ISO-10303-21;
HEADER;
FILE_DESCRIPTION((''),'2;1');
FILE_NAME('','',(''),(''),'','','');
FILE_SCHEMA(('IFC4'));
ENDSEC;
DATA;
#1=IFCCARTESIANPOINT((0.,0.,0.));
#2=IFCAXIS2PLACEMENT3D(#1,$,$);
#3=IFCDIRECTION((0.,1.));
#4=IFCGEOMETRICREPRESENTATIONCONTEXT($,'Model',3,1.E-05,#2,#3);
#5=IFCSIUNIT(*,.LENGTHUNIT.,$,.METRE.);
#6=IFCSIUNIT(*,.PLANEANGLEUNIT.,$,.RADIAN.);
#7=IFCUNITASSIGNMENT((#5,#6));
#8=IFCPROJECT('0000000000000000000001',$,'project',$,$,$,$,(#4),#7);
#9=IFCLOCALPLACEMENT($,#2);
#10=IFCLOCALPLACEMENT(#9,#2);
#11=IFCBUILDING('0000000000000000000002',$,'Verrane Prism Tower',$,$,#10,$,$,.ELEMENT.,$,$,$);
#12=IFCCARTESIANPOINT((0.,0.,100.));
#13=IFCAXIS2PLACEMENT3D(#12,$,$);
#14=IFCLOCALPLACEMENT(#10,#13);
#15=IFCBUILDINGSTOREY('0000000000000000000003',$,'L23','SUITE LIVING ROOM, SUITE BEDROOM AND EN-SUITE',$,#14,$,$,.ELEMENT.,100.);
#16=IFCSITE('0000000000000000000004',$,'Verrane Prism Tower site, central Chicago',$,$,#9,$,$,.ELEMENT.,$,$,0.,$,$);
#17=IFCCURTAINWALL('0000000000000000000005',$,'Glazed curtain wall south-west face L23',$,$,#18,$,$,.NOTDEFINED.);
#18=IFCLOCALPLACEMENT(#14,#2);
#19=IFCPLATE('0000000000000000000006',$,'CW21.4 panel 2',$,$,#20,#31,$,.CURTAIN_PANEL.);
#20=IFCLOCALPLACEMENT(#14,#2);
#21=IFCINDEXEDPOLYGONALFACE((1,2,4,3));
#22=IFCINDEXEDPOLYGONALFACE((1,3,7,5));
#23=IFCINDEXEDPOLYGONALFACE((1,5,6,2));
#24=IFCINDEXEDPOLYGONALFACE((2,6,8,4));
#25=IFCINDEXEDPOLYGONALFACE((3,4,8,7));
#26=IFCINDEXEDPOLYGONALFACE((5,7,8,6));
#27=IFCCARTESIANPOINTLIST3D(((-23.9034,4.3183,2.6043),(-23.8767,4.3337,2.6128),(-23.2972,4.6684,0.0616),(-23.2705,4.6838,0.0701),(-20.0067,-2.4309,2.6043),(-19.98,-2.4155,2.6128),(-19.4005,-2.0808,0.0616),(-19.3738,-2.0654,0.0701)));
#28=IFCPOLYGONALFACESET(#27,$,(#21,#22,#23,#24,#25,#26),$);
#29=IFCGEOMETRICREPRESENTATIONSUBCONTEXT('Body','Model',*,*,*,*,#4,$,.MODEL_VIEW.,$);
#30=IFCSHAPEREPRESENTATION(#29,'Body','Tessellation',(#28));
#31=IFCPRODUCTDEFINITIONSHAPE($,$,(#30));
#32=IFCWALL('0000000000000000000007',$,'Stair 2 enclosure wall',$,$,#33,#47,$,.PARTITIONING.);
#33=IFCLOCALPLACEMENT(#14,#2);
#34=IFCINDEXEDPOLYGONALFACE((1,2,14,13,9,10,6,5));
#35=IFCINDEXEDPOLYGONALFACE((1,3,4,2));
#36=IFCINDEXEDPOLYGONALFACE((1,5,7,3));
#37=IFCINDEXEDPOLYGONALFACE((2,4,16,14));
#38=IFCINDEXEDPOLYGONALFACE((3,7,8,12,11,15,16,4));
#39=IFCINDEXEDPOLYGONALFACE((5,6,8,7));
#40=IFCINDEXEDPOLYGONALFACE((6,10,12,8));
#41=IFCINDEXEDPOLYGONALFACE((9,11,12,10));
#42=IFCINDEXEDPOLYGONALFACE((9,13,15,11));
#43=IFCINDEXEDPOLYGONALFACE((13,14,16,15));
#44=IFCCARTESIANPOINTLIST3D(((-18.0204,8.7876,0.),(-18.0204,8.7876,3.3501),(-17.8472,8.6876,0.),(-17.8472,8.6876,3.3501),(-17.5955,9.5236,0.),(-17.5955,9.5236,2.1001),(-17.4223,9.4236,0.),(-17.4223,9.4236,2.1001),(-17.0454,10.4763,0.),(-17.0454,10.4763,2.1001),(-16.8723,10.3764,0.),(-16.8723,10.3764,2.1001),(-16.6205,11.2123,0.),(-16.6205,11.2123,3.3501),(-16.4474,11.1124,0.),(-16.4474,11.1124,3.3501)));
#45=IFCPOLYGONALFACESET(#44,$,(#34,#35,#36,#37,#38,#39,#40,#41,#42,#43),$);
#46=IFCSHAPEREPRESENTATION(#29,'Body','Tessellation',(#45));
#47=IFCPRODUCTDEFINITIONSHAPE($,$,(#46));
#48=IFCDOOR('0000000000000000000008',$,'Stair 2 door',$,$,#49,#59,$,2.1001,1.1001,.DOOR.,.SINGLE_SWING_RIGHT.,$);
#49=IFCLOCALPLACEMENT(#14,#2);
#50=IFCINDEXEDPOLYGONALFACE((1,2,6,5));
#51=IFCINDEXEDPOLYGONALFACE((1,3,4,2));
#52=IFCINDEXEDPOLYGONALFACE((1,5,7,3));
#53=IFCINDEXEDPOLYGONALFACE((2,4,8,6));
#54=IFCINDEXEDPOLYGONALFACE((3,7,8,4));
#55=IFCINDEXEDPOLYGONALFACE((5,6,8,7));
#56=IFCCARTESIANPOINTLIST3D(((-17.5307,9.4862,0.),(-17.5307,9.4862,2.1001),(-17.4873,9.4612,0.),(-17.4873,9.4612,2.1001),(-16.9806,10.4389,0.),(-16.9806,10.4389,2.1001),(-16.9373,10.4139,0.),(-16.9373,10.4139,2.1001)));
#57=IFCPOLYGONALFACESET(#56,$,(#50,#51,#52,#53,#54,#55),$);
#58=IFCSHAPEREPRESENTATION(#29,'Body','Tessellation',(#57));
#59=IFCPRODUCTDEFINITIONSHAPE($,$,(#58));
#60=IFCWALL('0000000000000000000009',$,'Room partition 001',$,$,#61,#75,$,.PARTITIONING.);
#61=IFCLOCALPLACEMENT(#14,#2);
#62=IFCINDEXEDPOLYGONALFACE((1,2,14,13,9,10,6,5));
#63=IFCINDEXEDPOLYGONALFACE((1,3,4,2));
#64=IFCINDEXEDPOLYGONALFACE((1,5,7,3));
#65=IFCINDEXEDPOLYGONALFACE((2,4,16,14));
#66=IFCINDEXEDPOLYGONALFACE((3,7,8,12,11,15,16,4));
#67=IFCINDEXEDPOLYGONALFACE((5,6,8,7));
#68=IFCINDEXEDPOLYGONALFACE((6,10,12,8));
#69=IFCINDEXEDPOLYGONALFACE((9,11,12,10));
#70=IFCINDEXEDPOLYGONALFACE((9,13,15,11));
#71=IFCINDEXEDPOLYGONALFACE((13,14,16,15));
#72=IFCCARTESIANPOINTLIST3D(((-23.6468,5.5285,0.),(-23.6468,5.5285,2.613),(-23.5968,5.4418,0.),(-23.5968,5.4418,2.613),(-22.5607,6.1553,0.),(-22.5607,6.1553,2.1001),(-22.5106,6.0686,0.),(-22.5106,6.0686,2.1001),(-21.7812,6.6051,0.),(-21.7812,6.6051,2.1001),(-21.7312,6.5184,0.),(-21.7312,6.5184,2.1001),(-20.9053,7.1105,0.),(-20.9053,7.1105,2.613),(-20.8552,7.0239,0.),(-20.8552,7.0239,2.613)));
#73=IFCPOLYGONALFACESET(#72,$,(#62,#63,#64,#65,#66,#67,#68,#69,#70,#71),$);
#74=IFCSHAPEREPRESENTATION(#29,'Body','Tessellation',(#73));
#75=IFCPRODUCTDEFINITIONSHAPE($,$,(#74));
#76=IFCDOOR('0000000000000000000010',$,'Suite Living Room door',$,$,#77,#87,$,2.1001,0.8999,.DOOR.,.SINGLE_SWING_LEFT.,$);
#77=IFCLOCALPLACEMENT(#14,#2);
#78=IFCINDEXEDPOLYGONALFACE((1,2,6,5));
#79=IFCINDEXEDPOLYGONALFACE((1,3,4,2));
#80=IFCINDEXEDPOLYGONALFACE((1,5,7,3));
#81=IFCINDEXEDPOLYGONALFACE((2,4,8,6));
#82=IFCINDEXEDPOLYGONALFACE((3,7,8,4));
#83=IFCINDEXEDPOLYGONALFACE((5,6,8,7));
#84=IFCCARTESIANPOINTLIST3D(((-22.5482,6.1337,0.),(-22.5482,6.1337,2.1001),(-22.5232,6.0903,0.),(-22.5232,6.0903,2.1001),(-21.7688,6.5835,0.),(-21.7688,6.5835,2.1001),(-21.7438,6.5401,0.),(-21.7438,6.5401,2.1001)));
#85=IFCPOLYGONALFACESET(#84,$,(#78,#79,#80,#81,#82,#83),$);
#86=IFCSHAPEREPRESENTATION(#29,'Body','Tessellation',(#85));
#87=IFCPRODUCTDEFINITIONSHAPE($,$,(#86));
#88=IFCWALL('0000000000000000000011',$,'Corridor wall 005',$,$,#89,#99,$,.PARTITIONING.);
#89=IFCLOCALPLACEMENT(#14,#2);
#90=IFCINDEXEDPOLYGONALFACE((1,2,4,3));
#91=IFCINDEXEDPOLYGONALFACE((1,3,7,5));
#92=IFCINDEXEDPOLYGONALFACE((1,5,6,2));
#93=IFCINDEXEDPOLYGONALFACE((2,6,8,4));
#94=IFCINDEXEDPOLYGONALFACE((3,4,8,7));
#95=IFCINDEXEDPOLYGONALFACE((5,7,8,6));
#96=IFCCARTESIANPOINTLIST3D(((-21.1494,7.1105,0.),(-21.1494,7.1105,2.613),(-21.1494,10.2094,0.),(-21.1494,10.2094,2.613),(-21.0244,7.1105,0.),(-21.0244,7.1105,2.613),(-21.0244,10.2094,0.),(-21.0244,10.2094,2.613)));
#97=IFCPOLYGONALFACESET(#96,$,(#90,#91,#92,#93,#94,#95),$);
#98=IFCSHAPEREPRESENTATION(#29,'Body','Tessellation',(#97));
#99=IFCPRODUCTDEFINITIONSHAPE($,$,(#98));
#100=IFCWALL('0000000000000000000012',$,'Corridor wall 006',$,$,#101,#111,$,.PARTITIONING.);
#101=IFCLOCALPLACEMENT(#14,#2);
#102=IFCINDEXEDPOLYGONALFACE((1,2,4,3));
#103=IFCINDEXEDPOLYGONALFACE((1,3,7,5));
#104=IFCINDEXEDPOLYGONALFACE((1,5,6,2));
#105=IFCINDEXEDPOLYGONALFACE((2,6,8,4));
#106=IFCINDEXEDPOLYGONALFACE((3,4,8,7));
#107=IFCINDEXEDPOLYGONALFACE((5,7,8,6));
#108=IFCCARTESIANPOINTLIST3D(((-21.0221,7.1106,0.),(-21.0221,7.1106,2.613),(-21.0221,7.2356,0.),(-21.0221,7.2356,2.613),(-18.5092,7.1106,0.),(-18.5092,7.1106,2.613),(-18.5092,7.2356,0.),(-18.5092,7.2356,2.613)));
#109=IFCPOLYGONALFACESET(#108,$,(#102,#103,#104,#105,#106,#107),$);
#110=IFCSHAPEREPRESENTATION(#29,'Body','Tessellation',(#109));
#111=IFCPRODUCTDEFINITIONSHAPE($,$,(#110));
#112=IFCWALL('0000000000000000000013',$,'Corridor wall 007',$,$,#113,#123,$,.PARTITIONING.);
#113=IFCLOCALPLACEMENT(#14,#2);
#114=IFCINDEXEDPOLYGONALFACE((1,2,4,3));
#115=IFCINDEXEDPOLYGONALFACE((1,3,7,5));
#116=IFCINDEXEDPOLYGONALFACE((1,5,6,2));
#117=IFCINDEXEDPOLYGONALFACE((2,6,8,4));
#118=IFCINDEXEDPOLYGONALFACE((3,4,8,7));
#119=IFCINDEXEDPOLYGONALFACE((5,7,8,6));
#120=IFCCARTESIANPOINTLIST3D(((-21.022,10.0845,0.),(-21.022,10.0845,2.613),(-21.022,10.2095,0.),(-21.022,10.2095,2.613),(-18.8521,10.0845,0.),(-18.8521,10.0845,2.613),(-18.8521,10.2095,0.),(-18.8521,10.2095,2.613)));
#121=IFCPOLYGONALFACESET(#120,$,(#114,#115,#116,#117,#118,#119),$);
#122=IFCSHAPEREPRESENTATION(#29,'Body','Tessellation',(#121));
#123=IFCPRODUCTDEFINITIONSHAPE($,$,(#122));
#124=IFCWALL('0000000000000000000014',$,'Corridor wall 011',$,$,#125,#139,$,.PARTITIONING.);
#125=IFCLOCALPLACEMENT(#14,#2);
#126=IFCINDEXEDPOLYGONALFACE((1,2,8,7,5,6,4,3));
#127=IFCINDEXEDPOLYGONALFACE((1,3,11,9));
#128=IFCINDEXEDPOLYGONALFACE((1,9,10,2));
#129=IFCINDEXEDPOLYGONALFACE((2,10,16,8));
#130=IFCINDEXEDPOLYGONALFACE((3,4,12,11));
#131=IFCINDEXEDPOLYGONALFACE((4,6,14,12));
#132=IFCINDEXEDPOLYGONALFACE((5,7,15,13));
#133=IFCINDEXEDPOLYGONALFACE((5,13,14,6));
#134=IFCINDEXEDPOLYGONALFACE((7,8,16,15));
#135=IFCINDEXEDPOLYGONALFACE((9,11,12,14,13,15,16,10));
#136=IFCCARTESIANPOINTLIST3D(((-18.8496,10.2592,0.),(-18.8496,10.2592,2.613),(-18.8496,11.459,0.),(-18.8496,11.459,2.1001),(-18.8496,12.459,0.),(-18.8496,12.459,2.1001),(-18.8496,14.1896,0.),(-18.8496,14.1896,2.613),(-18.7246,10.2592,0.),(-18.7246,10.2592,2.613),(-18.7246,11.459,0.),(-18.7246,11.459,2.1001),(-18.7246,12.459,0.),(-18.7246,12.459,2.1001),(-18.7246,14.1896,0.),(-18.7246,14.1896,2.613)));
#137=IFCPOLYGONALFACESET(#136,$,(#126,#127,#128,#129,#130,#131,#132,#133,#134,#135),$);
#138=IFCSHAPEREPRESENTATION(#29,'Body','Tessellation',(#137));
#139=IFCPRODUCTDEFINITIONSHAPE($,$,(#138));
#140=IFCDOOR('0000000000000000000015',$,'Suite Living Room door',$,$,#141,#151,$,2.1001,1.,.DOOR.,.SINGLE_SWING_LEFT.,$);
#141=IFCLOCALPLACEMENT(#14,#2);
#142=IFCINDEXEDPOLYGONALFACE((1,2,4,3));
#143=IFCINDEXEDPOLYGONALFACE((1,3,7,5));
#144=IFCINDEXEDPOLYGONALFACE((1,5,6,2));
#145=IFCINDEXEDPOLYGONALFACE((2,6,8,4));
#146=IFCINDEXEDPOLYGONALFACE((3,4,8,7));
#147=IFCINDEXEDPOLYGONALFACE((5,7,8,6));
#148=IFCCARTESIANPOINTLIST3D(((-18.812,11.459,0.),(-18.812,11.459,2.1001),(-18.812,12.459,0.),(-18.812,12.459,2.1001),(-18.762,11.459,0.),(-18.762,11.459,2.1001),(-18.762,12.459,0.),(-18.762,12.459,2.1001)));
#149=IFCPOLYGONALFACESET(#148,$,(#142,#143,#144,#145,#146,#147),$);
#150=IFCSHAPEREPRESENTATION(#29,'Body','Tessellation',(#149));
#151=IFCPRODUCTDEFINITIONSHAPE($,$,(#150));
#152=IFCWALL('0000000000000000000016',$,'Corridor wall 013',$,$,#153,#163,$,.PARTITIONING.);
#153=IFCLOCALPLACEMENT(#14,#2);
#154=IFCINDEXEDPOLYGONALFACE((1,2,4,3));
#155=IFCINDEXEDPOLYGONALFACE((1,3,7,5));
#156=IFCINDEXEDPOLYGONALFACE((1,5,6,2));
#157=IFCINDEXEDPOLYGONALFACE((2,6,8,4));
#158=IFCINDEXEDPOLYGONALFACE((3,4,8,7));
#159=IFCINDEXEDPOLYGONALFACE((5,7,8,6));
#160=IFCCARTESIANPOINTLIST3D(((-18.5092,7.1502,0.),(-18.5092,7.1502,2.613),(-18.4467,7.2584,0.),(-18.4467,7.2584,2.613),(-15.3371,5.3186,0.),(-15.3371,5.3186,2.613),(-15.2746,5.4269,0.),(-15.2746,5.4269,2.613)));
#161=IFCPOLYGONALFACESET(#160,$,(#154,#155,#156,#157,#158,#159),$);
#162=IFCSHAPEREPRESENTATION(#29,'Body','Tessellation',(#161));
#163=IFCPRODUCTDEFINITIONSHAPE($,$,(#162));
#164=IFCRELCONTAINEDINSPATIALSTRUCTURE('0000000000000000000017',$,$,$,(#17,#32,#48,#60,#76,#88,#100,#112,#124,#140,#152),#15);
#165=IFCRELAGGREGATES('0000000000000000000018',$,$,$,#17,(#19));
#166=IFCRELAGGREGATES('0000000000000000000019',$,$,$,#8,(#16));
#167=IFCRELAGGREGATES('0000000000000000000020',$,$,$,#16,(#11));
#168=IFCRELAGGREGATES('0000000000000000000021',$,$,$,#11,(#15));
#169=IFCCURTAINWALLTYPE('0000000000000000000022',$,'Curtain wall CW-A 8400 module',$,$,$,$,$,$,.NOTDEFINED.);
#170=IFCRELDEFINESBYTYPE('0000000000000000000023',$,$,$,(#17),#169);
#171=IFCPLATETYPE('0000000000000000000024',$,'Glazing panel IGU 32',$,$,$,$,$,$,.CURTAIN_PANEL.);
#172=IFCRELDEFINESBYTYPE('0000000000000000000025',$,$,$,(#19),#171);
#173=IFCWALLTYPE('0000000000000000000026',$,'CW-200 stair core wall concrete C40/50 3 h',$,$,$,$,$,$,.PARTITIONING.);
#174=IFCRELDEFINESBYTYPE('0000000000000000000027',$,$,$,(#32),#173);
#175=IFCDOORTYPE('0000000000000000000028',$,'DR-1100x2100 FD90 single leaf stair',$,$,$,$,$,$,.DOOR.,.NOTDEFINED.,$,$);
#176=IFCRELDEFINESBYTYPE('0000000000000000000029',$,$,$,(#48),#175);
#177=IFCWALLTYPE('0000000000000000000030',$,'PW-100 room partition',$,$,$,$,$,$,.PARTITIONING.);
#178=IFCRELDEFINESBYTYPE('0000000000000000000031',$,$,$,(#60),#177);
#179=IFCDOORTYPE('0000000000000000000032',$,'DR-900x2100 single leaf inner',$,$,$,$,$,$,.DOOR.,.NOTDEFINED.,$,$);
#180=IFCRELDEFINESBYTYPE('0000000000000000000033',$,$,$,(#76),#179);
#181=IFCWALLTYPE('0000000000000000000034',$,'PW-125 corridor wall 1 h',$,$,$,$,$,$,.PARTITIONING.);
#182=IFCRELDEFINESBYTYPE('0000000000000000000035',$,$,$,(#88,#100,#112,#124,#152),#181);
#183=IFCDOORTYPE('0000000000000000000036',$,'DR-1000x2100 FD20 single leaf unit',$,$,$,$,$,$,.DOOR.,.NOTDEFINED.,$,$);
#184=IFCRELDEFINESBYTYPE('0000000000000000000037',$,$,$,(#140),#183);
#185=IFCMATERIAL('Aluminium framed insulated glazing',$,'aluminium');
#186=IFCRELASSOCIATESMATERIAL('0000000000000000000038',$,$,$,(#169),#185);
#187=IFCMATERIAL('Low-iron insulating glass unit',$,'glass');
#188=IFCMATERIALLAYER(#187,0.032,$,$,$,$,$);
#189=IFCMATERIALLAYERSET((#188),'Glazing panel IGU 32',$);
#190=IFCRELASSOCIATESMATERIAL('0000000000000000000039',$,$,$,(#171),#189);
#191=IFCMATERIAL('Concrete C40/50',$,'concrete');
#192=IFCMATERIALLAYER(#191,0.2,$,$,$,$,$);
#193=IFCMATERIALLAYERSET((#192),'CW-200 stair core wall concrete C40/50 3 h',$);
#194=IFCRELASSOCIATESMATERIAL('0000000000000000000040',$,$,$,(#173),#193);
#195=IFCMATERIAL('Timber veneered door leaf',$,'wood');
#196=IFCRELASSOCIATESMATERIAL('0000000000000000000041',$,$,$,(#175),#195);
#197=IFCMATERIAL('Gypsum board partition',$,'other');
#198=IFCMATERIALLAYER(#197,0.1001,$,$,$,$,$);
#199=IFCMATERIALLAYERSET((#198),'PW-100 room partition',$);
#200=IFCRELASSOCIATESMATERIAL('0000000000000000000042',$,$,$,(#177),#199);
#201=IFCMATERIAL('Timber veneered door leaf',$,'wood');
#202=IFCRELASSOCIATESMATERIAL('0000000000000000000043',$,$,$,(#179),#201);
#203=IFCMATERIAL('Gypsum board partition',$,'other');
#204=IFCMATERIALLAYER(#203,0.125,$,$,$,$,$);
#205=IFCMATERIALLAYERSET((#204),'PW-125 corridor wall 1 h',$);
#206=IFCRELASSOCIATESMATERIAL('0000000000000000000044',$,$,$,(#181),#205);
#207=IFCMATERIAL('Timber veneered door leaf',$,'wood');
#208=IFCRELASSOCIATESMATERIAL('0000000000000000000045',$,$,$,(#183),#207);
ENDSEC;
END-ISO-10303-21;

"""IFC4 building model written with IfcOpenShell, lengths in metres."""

from ifc_helpers import new_model, si_unit, direction, frame, frame_2d, origin, place, context, subcontext, project, spatial, polyline, rectangle, outline, extrude, material, layer, layer_set, type_object, element, fill, aggregate, save


model = new_model("IFC4")

# Units and contexts
model_context = context("Model", 3, precision=1e-05, world=origin(), true_north=direction((0.0, 1.0)))
body_context = subcontext(model_context, "Body", "Model", "MODEL_VIEW")
ifc_project = project(units=[si_unit("LENGTHUNIT", "METRE"), si_unit("PLANEANGLEUNIT", "RADIAN")], contexts=[model_context])

# Site, building, storey
site_placement = place(None, origin())
site = spatial("IfcSite", under=ifc_project, at=site_placement, Name="Verrane Prism Tower site, central Chicago", CompositionType="ELEMENT", RefElevation=0.0)
building_placement = place(site_placement, origin())
building = spatial("IfcBuilding", under=site, at=building_placement, Name="Verrane Prism Tower", CompositionType="ELEMENT")
storey_placement = place(building_placement, frame((0.0, 0.0, 100.0)))
storey = spatial("IfcBuildingStorey", under=building, at=storey_placement, Name="L23", Description="SUITE LIVING ROOM, SUITE BEDROOM AND EN-SUITE", CompositionType="ELEMENT", Elevation=100.0)

# Curtain wall
ifc_material_1 = material(Name="Aluminium framed insulated glazing", Category="aluminium")
curtain_wall_type = type_object("IfcCurtainWallType", Name="Curtain wall CW-A 8400 module", PredefinedType="NOTDEFINED", material=ifc_material_1)
curtain_wall_placement = place(storey_placement, origin())
curtain_wall = element("IfcCurtainWall", 1, at=curtain_wall_placement, inside=storey, type_object=curtain_wall_type, Name="Glazed curtain wall south-west face L23", PredefinedType="NOTDEFINED")

# Plate
ifc_material_2 = material(Name="Low-iron insulating glass unit", Category="glass")
ifc_layer_1 = layer(ifc_material_2, 0.032)
ifc_layer_set_1 = layer_set([ifc_layer_1], Name="Glazing panel IGU 32")
plate_type = type_object("IfcPlateType", Name="Glazing panel IGU 32", PredefinedType="CURTAIN_PANEL", material=ifc_layer_set_1)
plate_1_placement = place(storey_placement, frame((-23.2705, 4.6838, 0.0701), z_axis=(0.834958, 0.482068, 0.265433), x_axis=(0.500004, -0.866023, 0.0)))
plate_1 = element("IfcPlate", 2, at=plate_1_placement, type_object=plate_type, Name="CW21.4 panel 2", PredefinedType="CURTAIN_PANEL", context=body_context, shape_type="SweptSolid", body=[
    extrude(outline(polyline([(0.0, 0.0), (7.7934, 0.0), (7.7935, -2.6373), (0.0001, -2.6373), (0.0, 0.0)])), origin(), (0.0, 0.0, -1.0), 0.032),
])
aggregate(curtain_wall, [plate_1])

# Walls, openings, doors
ifc_material_3 = material(Name="Concrete C40/50", Category="concrete")
ifc_layer_2 = layer(ifc_material_3, 0.2)
ifc_layer_set_2 = layer_set([ifc_layer_2], Name="CW-200 stair core wall concrete C40/50 3 h")
wall_type_1 = type_object("IfcWallType", Name="CW-200 stair core wall concrete C40/50 3 h", PredefinedType="PARTITIONING", material=ifc_layer_set_2)
wall_1_placement = place(storey_placement, frame((-16.5339, 11.1624, 0.0), z_axis=(0.0, 0.0, 1.0), x_axis=(-0.499984, -0.866035, 0.0)))
wall_1 = element("IfcWall", 3, at=wall_1_placement, inside=storey, type_object=wall_type_1, Name="Stair 2 enclosure wall", PredefinedType="PARTITIONING", context=body_context, shape_type="SweptSolid", body=[
    extrude(rectangle(XDim=2.7998, YDim=0.2, at=frame_2d((1.3999, 0.0))), origin(), (0.0, 0.0, 1.0), 3.3501),
])
opening_1_placement = place(wall_1_placement, frame((0.8499, 0.0, 0.0)))
opening_1 = element("IfcOpeningElement", 4, at=opening_1_placement, cuts=wall_1, PredefinedType="OPENING", context=body_context, shape_type="SweptSolid", body=[
    extrude(rectangle(XDim=1.1001, YDim=2.1001, at=frame_2d((0.55, 1.05))), frame((0.0, 0.1099, 0.0), z_axis=(0.0, -1.0, 0.0), x_axis=(1.0, 0.0, 0.0)), (0.0, 0.0, 1.0), 0.22),
])
ifc_material_4 = material(Name="Timber veneered door leaf", Category="wood")
door_type_1 = type_object("IfcDoorType", Name="DR-1100x2100 FD90 single leaf stair", OperationType="NOTDEFINED", PredefinedType="DOOR", material=ifc_material_4)
door_1_placement = place(opening_1_placement, origin())
door_1 = element("IfcDoor", 5, at=door_1_placement, inside=storey, type_object=door_type_1, Name="Stair 2 door", OperationType="SINGLE_SWING_RIGHT", OverallHeight=2.1001, OverallWidth=1.1001, PredefinedType="DOOR", context=body_context, shape_type="SweptSolid", body=[
    extrude(rectangle(XDim=1.1001, YDim=2.1001, at=frame_2d((0.55, 1.05))), frame((0.0, 0.0249, 0.0), z_axis=(0.0, -1.0, 0.0), x_axis=(1.0, 0.0, 0.0)), (0.0, 0.0, 1.0), 0.05),
])
fill(opening_1, door_1)
ifc_material_5 = material(Name="Gypsum board partition", Category="other")
ifc_layer_3 = layer(ifc_material_5, 0.1001)
ifc_layer_set_3 = layer_set([ifc_layer_3], Name="PW-100 room partition")
wall_type_2 = type_object("IfcWallType", Name="PW-100 room partition", PredefinedType="PARTITIONING", material=ifc_layer_set_3)
wall_2_placement = place(storey_placement, frame((-20.8804, 7.0671, 0.0), z_axis=(0.0, 0.0, 1.0), x_axis=(-0.866128, -0.499823, 0.0)))
wall_2 = element("IfcWall", 6, at=wall_2_placement, inside=storey, type_object=wall_type_2, Name="Room partition 001", PredefinedType="PARTITIONING", context=body_context, shape_type="SweptSolid", body=[
    extrude(rectangle(XDim=3.1653, YDim=0.1001, at=frame_2d((1.5825, 0.0))), origin(), (0.0, 0.0, 1.0), 2.613),
])
opening_2_placement = place(wall_2_placement, frame((1.0112, 0.0, 0.0)))
opening_2 = element("IfcOpeningElement", 7, at=opening_2_placement, cuts=wall_2, PredefinedType="OPENING", context=body_context, shape_type="SweptSolid", body=[
    extrude(rectangle(XDim=0.8999, YDim=2.1001, at=frame_2d((0.45, 1.05))), frame((0.0, 0.0601, 0.0), z_axis=(0.0, -1.0, 0.0), x_axis=(1.0, 0.0, 0.0)), (0.0, 0.0, 1.0), 0.1201),
])
ifc_material_6 = material(Name="Timber veneered door leaf", Category="wood")
door_type_2 = type_object("IfcDoorType", Name="DR-900x2100 single leaf inner", OperationType="NOTDEFINED", PredefinedType="DOOR", material=ifc_material_6)
door_2_placement = place(opening_2_placement, origin())
door_2 = element("IfcDoor", 8, at=door_2_placement, inside=storey, type_object=door_type_2, Name="Suite Living Room door", OperationType="SINGLE_SWING_LEFT", OverallHeight=2.1001, OverallWidth=0.8999, PredefinedType="DOOR", context=body_context, shape_type="SweptSolid", body=[
    extrude(rectangle(XDim=0.8999, YDim=2.1001, at=frame_2d((0.45, 1.05))), frame((0.0, 0.0249, 0.0), z_axis=(0.0, -1.0, 0.0), x_axis=(1.0, 0.0, 0.0)), (0.0, 0.0, 1.0), 0.05),
])
fill(opening_2, door_2)

# Walls
ifc_material_7 = material(Name="Gypsum board partition", Category="other")
ifc_layer_4 = layer(ifc_material_7, 0.125)
ifc_layer_set_4 = layer_set([ifc_layer_4], Name="PW-125 corridor wall 1 h")
wall_type_3 = type_object("IfcWallType", Name="PW-125 corridor wall 1 h", PredefinedType="PARTITIONING", material=ifc_layer_set_4)
wall_3_placement = place(storey_placement, frame((-21.0869, 7.1106, 0.0), z_axis=(0.0, 0.0, 1.0), x_axis=(0.0, 1.0, 0.0)))
element("IfcWall", 9, at=wall_3_placement, inside=storey, type_object=wall_type_3, Name="Corridor wall 005", PredefinedType="PARTITIONING", context=body_context, shape_type="SweptSolid", body=[
    extrude(rectangle(XDim=3.0989, YDim=0.125, at=frame_2d((1.5493, 0.0))), origin(), (0.0, 0.0, 1.0), 2.613),
])
wall_4_placement = place(storey_placement, frame((-21.022, 7.1731, 0.0), z_axis=(0.0, 0.0, 1.0), x_axis=(1.0, 0.0, 0.0)))
element("IfcWall", 10, at=wall_4_placement, inside=storey, type_object=wall_type_3, Name="Corridor wall 006", PredefinedType="PARTITIONING", context=body_context, shape_type="SweptSolid", body=[
    extrude(rectangle(XDim=2.5129, YDim=0.125, at=frame_2d((1.2563, 0.0))), origin(), (0.0, 0.0, 1.0), 2.613),
])
wall_5_placement = place(storey_placement, frame((-21.022, 10.147, 0.0), z_axis=(0.0, 0.0, 1.0), x_axis=(1.0, 0.0, 0.0)))
element("IfcWall", 11, at=wall_5_placement, inside=storey, type_object=wall_type_3, Name="Corridor wall 007", PredefinedType="PARTITIONING", context=body_context, shape_type="SweptSolid", body=[
    extrude(rectangle(XDim=2.1699, YDim=0.125, at=frame_2d((1.085, 0.0))), origin(), (0.0, 0.0, 1.0), 2.613),
])

# Wall, opening, door
wall_6_placement = place(storey_placement, frame((-18.7871, 10.259, 0.0), z_axis=(0.0, 0.0, 1.0), x_axis=(0.0, 1.0, 0.0)))
wall_6 = element("IfcWall", 12, at=wall_6_placement, inside=storey, type_object=wall_type_3, Name="Corridor wall 011", PredefinedType="PARTITIONING", context=body_context, shape_type="SweptSolid", body=[
    extrude(rectangle(XDim=3.9304, YDim=0.125, at=frame_2d((1.9653, 0.0))), origin(), (0.0, 0.0, 1.0), 2.613),
])
opening_3_placement = place(wall_6_placement, frame((1.2, 0.0, 0.0)))
opening_3 = element("IfcOpeningElement", 13, at=opening_3_placement, cuts=wall_6, PredefinedType="OPENING", context=body_context, shape_type="SweptSolid", body=[
    extrude(rectangle(XDim=1.0, YDim=2.1001, at=frame_2d((0.5, 1.05))), frame((0.0, 0.0725, 0.0), z_axis=(0.0, -1.0, 0.0), x_axis=(1.0, 0.0, 0.0)), (0.0, 0.0, 1.0), 0.145),
])
ifc_material_8 = material(Name="Timber veneered door leaf", Category="wood")
door_type_3 = type_object("IfcDoorType", Name="DR-1000x2100 FD20 single leaf unit", OperationType="NOTDEFINED", PredefinedType="DOOR", material=ifc_material_8)
door_3_placement = place(opening_3_placement, origin())
door_3 = element("IfcDoor", 14, at=door_3_placement, inside=storey, type_object=door_type_3, Name="Suite Living Room door", OperationType="SINGLE_SWING_LEFT", OverallHeight=2.1001, OverallWidth=1.0, PredefinedType="DOOR", context=body_context, shape_type="SweptSolid", body=[
    extrude(rectangle(XDim=1.0, YDim=2.1001, at=frame_2d((0.5, 1.05))), frame((0.0, 0.0249, 0.0), z_axis=(0.0, -1.0, 0.0), x_axis=(1.0, 0.0, 0.0)), (0.0, 0.0, 1.0), 0.05),
])
fill(opening_3, door_3)

# Wall
wall_7_placement = place(storey_placement, frame((-18.478, 7.2043, 0.0), z_axis=(0.0, 0.0, 1.0), x_axis=(0.866011, -0.500024, 0.0)))
element("IfcWall", 15, at=wall_7_placement, inside=storey, type_object=wall_type_3, Name="Corridor wall 013", PredefinedType="PARTITIONING", context=body_context, shape_type="SweptSolid", body=[
    extrude(rectangle(XDim=3.6628, YDim=0.125, at=frame_2d((1.8315, 0.0))), origin(), (0.0, 0.0, 1.0), 2.613),
])

save(model, "model.ifc")
